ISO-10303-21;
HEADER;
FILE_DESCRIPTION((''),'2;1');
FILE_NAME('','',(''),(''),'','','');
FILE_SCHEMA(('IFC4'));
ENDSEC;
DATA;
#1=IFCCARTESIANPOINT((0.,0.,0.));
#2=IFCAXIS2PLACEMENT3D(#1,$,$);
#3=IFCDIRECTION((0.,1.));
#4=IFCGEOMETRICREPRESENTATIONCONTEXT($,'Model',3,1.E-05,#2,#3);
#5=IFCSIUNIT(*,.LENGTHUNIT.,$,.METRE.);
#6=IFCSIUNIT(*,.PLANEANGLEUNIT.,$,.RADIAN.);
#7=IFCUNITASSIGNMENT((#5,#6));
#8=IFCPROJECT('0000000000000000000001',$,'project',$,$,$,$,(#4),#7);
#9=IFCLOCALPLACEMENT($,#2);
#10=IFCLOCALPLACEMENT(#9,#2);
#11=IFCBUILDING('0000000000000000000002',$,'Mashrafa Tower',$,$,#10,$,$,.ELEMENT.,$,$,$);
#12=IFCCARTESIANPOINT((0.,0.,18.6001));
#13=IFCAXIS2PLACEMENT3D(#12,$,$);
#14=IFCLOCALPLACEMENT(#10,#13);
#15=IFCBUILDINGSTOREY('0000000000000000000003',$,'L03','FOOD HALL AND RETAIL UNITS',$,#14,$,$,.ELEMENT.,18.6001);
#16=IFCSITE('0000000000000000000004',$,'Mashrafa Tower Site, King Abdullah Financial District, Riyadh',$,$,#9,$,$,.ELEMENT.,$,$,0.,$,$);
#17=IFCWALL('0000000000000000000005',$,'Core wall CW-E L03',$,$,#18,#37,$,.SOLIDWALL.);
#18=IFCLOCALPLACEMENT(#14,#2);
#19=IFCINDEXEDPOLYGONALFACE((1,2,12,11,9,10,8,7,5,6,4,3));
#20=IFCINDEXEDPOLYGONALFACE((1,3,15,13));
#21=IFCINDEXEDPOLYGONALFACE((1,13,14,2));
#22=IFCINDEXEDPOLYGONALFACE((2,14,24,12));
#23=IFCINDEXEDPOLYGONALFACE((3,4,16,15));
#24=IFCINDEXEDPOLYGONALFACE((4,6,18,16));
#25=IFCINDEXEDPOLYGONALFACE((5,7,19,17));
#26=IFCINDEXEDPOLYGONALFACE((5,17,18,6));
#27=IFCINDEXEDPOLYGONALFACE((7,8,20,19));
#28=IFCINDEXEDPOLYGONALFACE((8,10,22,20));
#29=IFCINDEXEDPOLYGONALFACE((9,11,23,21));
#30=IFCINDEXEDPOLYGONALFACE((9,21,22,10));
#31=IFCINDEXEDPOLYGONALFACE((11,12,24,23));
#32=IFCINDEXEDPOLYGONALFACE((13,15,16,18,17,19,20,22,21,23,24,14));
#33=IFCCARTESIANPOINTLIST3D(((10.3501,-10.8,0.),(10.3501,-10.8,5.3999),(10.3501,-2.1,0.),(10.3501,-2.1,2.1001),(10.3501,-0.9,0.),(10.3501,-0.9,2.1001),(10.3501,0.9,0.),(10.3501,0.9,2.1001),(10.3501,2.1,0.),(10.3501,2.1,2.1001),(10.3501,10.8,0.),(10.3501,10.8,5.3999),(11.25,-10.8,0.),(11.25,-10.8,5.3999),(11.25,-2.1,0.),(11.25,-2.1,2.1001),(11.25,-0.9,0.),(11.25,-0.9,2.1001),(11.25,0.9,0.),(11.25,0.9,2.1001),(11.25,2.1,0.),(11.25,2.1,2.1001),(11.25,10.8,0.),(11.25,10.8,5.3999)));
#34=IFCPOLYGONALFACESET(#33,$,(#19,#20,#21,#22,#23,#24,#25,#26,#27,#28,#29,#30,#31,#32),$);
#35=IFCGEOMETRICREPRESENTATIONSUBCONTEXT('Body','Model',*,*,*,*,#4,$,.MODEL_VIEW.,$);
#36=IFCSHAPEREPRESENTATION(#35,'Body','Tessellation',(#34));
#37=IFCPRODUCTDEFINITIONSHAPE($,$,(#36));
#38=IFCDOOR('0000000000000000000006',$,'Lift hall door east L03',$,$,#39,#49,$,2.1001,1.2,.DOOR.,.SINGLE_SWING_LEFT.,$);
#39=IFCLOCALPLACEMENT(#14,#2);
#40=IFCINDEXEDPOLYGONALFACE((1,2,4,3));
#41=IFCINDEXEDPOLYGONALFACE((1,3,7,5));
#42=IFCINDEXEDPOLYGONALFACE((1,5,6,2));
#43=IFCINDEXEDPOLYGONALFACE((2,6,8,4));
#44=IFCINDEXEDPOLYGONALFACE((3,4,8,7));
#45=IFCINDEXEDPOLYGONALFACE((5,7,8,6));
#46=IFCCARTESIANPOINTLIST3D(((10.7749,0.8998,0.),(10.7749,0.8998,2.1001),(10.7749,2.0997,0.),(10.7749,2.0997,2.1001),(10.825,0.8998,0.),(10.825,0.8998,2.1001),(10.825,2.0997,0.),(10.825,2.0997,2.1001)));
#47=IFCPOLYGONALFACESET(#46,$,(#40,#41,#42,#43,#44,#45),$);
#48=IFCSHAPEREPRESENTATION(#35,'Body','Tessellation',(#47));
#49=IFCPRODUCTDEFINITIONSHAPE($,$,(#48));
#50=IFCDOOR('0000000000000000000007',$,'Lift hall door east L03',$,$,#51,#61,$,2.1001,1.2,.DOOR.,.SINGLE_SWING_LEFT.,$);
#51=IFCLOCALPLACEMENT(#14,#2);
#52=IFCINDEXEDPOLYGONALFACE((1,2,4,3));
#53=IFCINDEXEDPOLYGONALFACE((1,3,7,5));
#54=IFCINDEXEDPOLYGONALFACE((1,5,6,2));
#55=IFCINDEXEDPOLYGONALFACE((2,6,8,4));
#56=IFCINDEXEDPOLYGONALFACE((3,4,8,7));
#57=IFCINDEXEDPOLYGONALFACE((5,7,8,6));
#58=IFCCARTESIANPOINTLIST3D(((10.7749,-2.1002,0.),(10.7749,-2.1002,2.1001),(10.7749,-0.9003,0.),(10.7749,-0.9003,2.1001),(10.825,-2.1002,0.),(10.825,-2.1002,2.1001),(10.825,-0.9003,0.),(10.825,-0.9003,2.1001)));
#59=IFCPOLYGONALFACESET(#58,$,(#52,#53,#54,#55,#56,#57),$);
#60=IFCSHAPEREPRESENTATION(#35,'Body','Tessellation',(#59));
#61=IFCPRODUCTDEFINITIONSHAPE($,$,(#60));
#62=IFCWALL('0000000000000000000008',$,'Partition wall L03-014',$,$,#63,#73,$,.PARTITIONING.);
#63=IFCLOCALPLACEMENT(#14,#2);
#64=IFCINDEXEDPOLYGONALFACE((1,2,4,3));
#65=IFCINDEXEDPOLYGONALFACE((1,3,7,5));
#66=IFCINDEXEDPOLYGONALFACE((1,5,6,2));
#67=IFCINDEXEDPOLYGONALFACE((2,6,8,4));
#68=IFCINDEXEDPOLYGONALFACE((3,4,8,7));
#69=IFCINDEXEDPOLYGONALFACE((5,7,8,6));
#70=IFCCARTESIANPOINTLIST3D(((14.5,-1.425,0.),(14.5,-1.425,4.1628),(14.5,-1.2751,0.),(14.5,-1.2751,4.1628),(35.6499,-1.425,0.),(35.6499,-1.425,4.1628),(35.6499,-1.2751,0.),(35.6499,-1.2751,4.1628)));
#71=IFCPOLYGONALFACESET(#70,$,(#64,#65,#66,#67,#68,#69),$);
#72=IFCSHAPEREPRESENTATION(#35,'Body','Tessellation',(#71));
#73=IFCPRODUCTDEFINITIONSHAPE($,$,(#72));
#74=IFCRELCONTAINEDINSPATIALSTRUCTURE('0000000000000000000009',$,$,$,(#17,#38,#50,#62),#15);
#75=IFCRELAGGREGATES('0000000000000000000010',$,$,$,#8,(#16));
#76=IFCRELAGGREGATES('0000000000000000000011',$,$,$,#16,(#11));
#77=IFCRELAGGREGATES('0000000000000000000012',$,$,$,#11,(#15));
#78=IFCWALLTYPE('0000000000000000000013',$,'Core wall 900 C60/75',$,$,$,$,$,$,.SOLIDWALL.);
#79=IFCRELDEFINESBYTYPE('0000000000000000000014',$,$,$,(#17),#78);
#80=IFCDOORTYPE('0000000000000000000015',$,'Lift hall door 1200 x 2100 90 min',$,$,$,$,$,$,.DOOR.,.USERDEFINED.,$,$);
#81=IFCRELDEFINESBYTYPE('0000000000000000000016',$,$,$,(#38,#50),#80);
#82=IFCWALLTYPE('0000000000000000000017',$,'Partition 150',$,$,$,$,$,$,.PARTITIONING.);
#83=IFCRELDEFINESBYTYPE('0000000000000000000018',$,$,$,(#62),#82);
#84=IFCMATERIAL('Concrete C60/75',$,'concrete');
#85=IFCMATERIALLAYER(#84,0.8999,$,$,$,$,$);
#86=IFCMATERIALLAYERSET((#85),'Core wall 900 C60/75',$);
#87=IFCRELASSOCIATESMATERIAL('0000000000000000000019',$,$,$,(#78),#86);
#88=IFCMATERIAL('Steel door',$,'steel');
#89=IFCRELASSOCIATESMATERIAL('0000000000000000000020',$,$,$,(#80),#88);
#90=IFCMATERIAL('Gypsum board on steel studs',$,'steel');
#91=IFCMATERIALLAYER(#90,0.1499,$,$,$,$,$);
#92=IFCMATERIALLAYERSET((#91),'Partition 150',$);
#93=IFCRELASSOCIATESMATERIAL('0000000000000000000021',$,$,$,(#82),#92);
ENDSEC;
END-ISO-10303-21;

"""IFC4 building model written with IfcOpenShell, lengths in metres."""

from ifc_helpers import new_model, si_unit, direction, frame, frame_2d, origin, place, context, subcontext, project, spatial, rectangle, extrude, material, layer, layer_set, type_object, element, fill, save


model = new_model("IFC4")

# Units and contexts
model_context = context("Model", 3, precision=1e-05, world=origin(), true_north=direction((0.0, 1.0)))
body_context = subcontext(model_context, "Body", "Model", "MODEL_VIEW")
ifc_project = project(units=[si_unit("LENGTHUNIT", "METRE"), si_unit("PLANEANGLEUNIT", "RADIAN")], contexts=[model_context])

# Site, building, storey
site_placement = place(None, origin())
site = spatial("IfcSite", under=ifc_project, at=site_placement, Name="Mashrafa Tower Site, King Abdullah Financial District, Riyadh", CompositionType="ELEMENT", RefElevation=0.0)
building_placement = place(site_placement, origin())
building = spatial("IfcBuilding", under=site, at=building_placement, Name="Mashrafa Tower", CompositionType="ELEMENT")
storey_placement = place(building_placement, frame((0.0, 0.0, 18.6001)))
storey = spatial("IfcBuildingStorey", under=building, at=storey_placement, Name="L03", Description="FOOD HALL AND RETAIL UNITS", CompositionType="ELEMENT", Elevation=18.6001)

# Wall, openings, doors
ifc_material_1 = material(Name="Concrete C60/75", Category="concrete")
ifc_layer_1 = layer(ifc_material_1, 0.8999)
ifc_layer_set_1 = layer_set([ifc_layer_1], Name="Core wall 900 C60/75")
wall_type_1 = type_object("IfcWallType", Name="Core wall 900 C60/75", PredefinedType="SOLIDWALL", material=ifc_layer_set_1)
wall_1_placement = place(storey_placement, frame((10.8, -10.8, 0.0), z_axis=(0.0, 0.0, 1.0), x_axis=(0.0, 1.0, 0.0)))
wall_1 = element("IfcWall", 1, at=wall_1_placement, inside=storey, type_object=wall_type_1, Name="Core wall CW-E L03", PredefinedType="SOLIDWALL", context=body_context, shape_type="SweptSolid", body=[
    extrude(rectangle(XDim=21.6001, YDim=0.8999, at=frame_2d((10.8, 0.0))), origin(), (0.0, 0.0, 1.0), 5.3999),
])
opening_1_placement = place(wall_1_placement, frame((11.7, 0.0, 0.0)))
opening_1 = element("IfcOpeningElement", 2, at=opening_1_placement, cuts=wall_1, PredefinedType="OPENING", context=body_context, shape_type="SweptSolid", body=[
    extrude(rectangle(XDim=1.2, YDim=2.1001, at=frame_2d((0.6001, 1.05))), frame((0.0, 0.46, 0.0), z_axis=(0.0, -1.0, 0.0), x_axis=(1.0, 0.0, 0.0)), (0.0, 0.0, 1.0), 0.9199),
])
opening_2_placement = place(wall_1_placement, frame((8.7, 0.0, 0.0)))
opening_2 = element("IfcOpeningElement", 3, at=opening_2_placement, cuts=wall_1, PredefinedType="OPENING", context=body_context, shape_type="SweptSolid", body=[
    extrude(rectangle(XDim=1.2, YDim=2.1001, at=frame_2d((0.6001, 1.05))), frame((0.0, 0.46, 0.0), z_axis=(0.0, -1.0, 0.0), x_axis=(1.0, 0.0, 0.0)), (0.0, 0.0, 1.0), 0.9199),
])
ifc_material_2 = material(Name="Steel door", Category="steel")
door_type = type_object("IfcDoorType", Name="Lift hall door 1200 x 2100 90 min", OperationType="USERDEFINED", PredefinedType="DOOR", material=ifc_material_2)
door_1_placement = place(opening_1_placement, frame((1.2, 0.0, 0.0), z_axis=(0.0, 0.0, 1.0), x_axis=(-1.0, 0.0, 0.0)))
door_1 = element("IfcDoor", 4, at=door_1_placement, inside=storey, type_object=door_type, Name="Lift hall door east L03", OperationType="SINGLE_SWING_LEFT", OverallHeight=2.1001, OverallWidth=1.2, PredefinedType="DOOR", context=body_context, shape_type="SweptSolid", body=[
    extrude(rectangle(XDim=1.2, YDim=2.1001, at=frame_2d((0.6001, 1.05))), frame((0.0, 0.0249, 0.0), z_axis=(0.0, -1.0, 0.0), x_axis=(1.0, 0.0, 0.0)), (0.0, 0.0, 1.0), 0.05),
])
fill(opening_1, door_1)
door_2_placement = place(opening_2_placement, frame((1.2, 0.0, 0.0), z_axis=(0.0, 0.0, 1.0), x_axis=(-1.0, 0.0, 0.0)))
door_2 = element("IfcDoor", 5, at=door_2_placement, inside=storey, type_object=door_type, Name="Lift hall door east L03", OperationType="SINGLE_SWING_LEFT", OverallHeight=2.1001, OverallWidth=1.2, PredefinedType="DOOR", context=body_context, shape_type="SweptSolid", body=[
    extrude(rectangle(XDim=1.2, YDim=2.1001, at=frame_2d((0.6001, 1.05))), frame((0.0, 0.0249, 0.0), z_axis=(0.0, -1.0, 0.0), x_axis=(1.0, 0.0, 0.0)), (0.0, 0.0, 1.0), 0.05),
])
fill(opening_2, door_2)

# Wall
ifc_material_3 = material(Name="Gypsum board on steel studs", Category="steel")
ifc_layer_2 = layer(ifc_material_3, 0.1499)
ifc_layer_set_2 = layer_set([ifc_layer_2], Name="Partition 150")
wall_type_2 = type_object("IfcWallType", Name="Partition 150", PredefinedType="PARTITIONING", material=ifc_layer_set_2)
wall_2_placement = place(storey_placement, frame((14.5, -1.3501, 0.0), z_axis=(0.0, 0.0, 1.0), x_axis=(1.0, 0.0, 0.0)))
element("IfcWall", 6, at=wall_2_placement, inside=storey, type_object=wall_type_2, Name="Partition wall L03-014", PredefinedType="PARTITIONING", context=body_context, shape_type="SweptSolid", body=[
    extrude(rectangle(XDim=21.1499, YDim=0.1499, at=frame_2d((10.575, 0.0))), origin(), (0.0, 0.0, 1.0), 4.1628),
])

save(model, "model.ifc")
